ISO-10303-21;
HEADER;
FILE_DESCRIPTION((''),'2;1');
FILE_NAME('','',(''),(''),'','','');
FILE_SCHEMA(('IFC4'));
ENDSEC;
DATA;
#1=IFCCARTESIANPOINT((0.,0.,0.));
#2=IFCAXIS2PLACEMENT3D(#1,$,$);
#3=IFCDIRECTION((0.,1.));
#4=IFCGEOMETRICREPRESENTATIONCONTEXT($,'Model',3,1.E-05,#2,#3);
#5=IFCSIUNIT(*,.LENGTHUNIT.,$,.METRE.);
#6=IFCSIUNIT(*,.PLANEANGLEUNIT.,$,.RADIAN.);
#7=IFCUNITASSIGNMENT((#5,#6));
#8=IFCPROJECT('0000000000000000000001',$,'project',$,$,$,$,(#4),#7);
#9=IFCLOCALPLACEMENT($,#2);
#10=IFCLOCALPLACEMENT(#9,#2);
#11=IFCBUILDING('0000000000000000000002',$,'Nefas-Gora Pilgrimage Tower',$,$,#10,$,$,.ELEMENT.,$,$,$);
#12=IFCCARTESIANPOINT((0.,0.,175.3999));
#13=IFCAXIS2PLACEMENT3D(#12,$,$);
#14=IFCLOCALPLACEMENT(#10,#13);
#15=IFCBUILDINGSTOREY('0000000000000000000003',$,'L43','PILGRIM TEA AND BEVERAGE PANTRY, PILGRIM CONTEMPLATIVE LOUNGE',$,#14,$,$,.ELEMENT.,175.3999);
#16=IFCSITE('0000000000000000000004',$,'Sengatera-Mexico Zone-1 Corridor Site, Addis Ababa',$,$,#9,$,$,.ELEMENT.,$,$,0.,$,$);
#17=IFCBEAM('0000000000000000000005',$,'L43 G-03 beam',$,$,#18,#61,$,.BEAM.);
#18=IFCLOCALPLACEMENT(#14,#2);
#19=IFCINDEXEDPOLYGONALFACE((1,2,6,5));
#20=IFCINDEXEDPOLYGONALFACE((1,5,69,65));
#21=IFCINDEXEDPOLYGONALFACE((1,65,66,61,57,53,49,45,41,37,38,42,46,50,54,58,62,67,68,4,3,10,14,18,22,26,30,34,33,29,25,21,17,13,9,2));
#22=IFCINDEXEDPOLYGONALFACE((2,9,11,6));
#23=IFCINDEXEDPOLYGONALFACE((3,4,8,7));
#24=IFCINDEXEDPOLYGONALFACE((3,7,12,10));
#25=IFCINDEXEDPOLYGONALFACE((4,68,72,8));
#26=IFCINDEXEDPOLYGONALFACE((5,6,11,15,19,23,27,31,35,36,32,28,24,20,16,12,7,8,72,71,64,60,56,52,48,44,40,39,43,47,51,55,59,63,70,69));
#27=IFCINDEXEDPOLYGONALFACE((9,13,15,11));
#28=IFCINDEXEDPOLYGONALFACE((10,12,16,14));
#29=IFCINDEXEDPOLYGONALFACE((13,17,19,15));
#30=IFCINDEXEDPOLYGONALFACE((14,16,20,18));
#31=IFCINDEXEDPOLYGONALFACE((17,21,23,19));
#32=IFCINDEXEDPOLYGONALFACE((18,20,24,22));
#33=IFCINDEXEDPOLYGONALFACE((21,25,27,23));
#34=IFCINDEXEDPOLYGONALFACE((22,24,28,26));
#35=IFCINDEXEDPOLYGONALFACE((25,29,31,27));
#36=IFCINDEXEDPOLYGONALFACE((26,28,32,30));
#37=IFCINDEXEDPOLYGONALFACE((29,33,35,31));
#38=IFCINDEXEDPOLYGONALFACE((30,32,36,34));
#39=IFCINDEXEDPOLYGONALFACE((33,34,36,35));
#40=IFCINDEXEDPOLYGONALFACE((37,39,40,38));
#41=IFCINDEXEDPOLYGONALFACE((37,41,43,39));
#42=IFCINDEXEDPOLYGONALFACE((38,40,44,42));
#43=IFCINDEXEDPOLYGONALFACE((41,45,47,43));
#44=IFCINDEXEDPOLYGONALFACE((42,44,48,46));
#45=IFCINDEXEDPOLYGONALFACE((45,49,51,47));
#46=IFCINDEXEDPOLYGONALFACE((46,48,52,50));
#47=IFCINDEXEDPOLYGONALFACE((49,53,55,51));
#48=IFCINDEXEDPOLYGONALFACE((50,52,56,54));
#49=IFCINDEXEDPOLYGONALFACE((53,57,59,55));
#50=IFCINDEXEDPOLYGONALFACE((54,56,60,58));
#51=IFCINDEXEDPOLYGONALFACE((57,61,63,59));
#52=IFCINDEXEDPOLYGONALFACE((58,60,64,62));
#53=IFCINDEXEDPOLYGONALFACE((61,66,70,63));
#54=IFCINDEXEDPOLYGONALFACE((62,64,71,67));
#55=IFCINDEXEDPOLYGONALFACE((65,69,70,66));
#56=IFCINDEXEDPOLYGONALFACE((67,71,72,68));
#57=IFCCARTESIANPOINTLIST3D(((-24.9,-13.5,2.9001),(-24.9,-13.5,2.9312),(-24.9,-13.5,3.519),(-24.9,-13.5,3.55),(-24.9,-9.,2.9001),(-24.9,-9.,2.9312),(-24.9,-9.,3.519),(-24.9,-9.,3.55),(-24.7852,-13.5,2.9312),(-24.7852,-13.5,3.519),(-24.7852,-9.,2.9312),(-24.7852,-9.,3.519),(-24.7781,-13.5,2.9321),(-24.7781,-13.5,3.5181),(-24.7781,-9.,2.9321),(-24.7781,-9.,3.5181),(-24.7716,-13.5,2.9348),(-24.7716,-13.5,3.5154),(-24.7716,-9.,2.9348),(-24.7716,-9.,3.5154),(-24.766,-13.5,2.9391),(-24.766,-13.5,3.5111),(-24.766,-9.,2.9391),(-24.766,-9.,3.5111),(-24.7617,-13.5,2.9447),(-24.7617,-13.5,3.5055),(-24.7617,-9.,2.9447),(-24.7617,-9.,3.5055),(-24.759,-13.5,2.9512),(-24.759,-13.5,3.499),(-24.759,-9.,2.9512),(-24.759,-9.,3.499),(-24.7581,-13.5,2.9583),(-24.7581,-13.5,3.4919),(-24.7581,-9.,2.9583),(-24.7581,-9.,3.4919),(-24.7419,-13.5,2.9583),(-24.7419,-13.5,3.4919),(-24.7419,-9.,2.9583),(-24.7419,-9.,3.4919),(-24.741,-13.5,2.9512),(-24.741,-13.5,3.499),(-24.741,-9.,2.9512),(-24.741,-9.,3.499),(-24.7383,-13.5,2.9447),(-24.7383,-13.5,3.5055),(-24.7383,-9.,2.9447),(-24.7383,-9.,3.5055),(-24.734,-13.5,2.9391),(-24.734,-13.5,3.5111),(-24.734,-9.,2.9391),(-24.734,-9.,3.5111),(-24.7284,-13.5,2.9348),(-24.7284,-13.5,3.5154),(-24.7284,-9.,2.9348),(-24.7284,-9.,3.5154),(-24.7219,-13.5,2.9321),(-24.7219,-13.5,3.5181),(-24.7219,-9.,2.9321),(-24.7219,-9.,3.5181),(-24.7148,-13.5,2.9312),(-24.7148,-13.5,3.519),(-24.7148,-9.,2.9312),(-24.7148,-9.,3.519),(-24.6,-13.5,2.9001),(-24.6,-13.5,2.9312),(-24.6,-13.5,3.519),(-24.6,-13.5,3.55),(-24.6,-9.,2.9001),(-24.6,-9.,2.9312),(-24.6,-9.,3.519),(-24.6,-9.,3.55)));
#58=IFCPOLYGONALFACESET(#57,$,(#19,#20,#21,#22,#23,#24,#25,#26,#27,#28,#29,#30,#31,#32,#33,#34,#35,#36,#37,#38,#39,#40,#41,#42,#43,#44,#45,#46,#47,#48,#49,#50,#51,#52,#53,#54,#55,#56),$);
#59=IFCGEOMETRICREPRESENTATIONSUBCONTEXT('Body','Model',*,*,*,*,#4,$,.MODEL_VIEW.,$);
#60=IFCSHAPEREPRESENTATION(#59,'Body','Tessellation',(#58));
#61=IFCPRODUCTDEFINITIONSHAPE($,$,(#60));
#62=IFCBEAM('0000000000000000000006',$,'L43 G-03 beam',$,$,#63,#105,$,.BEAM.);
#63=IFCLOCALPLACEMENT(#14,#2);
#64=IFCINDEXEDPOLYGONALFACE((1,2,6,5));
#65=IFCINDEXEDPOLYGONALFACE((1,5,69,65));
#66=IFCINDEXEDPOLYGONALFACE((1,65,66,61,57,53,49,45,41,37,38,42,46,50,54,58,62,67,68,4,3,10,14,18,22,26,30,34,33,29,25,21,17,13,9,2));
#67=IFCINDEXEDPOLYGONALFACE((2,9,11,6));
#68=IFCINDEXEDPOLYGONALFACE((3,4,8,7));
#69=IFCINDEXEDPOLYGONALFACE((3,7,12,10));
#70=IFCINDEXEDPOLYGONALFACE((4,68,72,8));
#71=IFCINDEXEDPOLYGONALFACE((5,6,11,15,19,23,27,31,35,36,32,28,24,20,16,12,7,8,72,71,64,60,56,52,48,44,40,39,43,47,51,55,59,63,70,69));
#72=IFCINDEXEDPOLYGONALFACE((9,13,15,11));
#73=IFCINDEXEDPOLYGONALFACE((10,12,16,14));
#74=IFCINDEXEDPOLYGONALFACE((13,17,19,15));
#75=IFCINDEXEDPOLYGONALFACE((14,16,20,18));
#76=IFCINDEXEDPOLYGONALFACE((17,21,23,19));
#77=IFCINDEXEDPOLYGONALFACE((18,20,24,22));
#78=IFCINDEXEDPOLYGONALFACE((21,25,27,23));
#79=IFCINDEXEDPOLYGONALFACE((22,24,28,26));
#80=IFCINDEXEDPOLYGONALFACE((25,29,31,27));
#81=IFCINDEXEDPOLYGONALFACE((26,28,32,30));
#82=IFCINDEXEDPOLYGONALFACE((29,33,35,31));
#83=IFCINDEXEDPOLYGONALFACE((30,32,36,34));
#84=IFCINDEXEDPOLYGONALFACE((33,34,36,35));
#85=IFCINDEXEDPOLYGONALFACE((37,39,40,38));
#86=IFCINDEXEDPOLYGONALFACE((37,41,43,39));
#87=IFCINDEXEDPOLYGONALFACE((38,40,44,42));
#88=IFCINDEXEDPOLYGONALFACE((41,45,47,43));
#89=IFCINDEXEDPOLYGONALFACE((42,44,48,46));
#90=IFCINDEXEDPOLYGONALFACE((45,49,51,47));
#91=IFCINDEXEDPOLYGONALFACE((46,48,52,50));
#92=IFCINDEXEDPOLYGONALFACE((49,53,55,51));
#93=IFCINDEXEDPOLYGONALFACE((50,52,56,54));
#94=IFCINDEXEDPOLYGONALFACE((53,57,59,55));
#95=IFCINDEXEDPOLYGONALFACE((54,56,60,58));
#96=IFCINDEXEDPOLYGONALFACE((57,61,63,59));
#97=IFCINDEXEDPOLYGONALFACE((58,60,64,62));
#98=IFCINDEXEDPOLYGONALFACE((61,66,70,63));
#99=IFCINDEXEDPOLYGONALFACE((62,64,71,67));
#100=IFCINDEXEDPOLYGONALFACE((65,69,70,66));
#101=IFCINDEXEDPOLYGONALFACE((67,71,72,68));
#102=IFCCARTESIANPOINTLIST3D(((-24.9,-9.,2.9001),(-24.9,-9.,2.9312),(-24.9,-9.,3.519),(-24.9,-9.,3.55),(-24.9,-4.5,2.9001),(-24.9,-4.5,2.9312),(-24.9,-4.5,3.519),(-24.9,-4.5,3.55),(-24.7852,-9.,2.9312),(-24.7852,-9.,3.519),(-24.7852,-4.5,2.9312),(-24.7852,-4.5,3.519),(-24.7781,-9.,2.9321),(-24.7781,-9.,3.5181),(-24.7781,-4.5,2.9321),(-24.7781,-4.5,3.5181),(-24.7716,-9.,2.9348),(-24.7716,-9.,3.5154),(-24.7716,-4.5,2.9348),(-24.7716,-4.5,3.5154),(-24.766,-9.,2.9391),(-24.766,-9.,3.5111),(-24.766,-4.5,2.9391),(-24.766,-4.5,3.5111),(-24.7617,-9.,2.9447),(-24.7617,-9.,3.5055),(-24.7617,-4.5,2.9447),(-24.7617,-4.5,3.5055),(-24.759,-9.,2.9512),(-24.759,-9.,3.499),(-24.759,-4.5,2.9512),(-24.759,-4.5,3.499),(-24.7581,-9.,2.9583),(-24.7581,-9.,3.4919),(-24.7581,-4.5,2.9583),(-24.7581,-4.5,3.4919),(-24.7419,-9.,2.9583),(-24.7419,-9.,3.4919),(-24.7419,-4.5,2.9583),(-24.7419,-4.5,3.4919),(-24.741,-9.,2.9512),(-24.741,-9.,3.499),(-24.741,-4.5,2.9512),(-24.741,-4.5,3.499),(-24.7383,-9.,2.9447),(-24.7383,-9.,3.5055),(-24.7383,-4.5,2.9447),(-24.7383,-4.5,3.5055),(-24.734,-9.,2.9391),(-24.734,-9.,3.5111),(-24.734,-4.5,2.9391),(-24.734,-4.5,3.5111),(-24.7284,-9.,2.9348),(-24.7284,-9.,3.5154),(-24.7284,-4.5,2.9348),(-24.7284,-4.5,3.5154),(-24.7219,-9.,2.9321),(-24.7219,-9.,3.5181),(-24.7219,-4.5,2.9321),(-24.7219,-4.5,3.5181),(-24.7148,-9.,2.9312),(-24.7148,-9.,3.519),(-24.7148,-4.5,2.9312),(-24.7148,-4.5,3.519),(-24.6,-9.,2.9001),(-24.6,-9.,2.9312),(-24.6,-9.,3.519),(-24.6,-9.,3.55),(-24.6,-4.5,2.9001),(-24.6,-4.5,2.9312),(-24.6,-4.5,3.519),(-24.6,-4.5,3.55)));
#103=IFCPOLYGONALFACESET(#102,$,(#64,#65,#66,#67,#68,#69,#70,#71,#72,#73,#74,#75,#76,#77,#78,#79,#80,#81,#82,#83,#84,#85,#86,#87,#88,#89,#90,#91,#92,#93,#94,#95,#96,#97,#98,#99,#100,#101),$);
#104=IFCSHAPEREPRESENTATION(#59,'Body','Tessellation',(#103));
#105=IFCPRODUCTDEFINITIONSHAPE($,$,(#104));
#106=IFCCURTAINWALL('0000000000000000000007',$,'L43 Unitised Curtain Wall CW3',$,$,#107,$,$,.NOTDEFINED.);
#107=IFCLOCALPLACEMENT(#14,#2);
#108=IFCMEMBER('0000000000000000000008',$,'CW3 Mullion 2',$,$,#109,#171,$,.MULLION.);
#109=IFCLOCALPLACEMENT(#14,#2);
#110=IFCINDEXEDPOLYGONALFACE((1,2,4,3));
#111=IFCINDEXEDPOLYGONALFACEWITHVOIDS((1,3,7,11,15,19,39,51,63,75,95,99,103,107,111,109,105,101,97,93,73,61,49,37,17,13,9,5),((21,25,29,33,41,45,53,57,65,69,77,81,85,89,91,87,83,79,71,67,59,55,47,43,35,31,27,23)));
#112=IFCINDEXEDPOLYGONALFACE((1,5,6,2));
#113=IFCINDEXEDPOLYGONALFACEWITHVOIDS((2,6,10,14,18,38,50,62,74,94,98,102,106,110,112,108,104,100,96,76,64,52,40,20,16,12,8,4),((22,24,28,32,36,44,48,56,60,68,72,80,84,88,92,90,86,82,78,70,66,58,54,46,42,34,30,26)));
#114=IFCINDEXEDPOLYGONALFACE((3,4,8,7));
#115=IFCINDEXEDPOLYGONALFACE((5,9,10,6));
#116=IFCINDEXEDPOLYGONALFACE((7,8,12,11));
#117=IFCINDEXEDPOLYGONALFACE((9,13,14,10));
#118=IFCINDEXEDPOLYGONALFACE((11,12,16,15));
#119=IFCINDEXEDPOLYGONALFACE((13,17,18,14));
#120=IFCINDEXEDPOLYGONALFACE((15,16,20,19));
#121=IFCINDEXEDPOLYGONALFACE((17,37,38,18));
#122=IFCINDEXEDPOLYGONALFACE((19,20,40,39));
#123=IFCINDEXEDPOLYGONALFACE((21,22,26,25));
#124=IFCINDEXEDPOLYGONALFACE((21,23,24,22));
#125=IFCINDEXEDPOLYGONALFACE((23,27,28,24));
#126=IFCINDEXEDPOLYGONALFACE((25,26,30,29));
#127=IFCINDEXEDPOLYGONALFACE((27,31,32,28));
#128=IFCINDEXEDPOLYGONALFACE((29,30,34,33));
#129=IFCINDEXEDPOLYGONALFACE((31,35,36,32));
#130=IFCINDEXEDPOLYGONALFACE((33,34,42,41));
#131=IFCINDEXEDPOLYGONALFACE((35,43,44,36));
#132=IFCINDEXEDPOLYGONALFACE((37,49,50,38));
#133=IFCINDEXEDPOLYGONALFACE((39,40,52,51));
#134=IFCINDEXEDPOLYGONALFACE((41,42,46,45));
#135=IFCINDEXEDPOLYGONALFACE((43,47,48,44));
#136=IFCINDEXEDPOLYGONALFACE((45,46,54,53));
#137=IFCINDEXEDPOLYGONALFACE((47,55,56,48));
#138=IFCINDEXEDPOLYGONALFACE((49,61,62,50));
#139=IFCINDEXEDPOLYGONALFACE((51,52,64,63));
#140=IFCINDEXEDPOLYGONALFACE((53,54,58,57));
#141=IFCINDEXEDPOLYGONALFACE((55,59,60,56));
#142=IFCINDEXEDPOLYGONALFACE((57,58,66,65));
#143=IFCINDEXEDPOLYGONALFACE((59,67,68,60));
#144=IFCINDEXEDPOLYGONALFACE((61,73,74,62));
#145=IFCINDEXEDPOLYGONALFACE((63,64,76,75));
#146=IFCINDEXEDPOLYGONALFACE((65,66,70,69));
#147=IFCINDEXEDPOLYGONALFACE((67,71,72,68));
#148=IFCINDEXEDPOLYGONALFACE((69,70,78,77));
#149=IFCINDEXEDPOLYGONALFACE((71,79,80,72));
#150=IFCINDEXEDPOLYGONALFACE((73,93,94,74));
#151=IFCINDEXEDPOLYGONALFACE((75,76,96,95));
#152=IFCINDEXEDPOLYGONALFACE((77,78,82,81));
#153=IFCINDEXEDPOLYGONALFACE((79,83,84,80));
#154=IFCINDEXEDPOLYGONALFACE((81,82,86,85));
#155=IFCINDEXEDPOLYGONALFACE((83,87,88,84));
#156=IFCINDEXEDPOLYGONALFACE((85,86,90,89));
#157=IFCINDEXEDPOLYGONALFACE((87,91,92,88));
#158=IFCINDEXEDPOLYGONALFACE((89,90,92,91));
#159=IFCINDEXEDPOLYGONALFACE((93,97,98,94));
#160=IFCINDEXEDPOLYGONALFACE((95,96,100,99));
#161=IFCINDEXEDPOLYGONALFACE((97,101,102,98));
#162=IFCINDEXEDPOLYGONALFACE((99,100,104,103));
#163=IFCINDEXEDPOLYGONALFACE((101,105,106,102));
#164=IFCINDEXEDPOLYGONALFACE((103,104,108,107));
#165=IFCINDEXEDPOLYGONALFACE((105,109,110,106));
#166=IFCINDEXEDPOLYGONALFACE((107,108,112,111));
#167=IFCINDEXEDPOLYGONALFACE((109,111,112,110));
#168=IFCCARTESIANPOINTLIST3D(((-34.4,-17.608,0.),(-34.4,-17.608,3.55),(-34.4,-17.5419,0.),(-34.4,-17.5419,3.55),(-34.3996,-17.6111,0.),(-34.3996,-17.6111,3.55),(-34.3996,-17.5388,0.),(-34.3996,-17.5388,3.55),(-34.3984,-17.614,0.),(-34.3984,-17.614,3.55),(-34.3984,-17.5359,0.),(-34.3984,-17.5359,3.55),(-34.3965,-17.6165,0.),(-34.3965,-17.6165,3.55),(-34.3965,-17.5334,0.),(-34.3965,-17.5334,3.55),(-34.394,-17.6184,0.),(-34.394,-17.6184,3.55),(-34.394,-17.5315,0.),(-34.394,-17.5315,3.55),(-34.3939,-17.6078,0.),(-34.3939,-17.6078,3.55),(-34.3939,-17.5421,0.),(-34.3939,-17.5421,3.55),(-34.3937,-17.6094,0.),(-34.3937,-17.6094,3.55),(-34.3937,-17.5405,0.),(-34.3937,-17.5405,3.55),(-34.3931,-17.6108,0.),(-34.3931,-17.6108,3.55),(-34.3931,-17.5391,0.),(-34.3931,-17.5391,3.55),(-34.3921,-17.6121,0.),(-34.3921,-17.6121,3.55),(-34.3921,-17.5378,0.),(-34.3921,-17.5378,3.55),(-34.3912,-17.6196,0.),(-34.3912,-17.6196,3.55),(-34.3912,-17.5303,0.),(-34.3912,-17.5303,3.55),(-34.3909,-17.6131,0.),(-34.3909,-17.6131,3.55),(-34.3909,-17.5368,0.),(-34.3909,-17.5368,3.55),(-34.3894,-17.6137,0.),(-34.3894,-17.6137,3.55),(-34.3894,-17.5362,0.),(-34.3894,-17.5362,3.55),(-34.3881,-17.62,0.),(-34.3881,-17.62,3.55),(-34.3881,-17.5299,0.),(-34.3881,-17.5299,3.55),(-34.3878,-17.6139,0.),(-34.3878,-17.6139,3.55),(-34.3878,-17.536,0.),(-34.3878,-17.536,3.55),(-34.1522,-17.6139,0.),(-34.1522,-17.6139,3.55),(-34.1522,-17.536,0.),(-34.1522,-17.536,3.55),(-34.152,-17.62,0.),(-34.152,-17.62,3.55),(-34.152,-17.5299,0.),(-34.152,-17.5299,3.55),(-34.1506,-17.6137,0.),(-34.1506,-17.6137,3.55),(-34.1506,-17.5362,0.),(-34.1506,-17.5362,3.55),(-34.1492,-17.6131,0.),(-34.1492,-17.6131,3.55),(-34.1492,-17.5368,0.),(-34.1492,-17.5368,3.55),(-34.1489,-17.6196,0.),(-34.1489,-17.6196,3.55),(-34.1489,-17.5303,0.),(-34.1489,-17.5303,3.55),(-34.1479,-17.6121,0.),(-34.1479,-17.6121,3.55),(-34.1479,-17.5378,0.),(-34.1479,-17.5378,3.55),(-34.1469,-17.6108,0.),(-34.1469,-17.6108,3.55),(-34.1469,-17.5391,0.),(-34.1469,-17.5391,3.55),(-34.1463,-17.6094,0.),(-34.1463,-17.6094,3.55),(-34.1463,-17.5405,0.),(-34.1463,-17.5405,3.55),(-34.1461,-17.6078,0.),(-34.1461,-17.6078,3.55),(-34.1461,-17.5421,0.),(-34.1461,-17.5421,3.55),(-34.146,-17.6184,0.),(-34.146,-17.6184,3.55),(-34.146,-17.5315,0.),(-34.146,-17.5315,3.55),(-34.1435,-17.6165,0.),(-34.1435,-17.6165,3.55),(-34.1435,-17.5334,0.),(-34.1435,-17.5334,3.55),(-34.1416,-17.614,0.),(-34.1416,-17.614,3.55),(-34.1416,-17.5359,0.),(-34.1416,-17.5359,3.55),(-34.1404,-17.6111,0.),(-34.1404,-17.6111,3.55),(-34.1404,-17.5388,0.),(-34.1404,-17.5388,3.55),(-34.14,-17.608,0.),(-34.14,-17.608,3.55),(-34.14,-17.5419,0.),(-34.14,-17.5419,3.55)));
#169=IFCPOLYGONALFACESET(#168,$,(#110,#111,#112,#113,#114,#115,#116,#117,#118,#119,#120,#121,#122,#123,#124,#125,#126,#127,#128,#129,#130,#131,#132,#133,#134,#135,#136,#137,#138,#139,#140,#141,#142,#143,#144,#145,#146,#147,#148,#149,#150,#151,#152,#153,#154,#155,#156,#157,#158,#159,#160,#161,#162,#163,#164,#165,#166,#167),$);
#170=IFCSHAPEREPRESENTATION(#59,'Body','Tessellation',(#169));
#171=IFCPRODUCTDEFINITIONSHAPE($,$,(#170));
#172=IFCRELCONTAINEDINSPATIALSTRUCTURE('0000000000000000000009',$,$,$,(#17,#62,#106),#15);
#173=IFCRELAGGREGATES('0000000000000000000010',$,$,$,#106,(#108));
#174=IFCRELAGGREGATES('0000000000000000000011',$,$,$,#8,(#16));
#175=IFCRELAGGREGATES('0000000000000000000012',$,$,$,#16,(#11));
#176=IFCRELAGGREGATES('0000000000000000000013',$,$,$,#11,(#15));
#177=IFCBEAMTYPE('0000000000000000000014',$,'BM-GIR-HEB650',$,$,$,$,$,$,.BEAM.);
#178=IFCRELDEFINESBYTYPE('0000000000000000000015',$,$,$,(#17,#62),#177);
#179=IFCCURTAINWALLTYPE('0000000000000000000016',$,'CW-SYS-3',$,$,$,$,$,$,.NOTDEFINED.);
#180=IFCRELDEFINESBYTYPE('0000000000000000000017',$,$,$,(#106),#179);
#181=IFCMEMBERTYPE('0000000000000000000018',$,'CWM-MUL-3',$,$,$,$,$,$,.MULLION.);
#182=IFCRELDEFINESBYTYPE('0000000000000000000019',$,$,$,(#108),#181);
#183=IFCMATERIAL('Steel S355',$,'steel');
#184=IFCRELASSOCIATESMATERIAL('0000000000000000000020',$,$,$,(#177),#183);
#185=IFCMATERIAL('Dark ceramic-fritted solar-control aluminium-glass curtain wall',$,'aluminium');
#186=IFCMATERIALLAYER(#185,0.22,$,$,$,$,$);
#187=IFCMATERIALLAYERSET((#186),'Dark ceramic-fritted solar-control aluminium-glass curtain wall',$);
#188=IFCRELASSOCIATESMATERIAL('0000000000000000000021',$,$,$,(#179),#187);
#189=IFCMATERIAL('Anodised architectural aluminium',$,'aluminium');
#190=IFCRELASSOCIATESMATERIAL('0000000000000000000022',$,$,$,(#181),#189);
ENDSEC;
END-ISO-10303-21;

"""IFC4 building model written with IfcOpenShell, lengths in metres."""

from ifc_helpers import new_model, si_unit, direction, frame, origin, origin_2d, place, context, subcontext, project, spatial, hollow_rectangle, i_section, extrude, source, transform, mapped, material, layer, layer_set, material_profile, profile_set, type_object, element, aggregate, save


model = new_model("IFC4")

# Units and contexts
model_context = context("Model", 3, precision=1e-05, world=origin(), true_north=direction((0.0, 1.0)))
body_context = subcontext(model_context, "Body", "Model", "MODEL_VIEW")
ifc_project = project(units=[si_unit("LENGTHUNIT", "METRE"), si_unit("PLANEANGLEUNIT", "RADIAN")], contexts=[model_context])

# Site, building, storey
site_placement = place(None, origin())
site = spatial("IfcSite", under=ifc_project, at=site_placement, Name="Sengatera-Mexico Zone-1 Corridor Site, Addis Ababa", CompositionType="ELEMENT", RefElevation=0.0)
building_placement = place(site_placement, origin())
building = spatial("IfcBuilding", under=site, at=building_placement, Name="Nefas-Gora Pilgrimage Tower", CompositionType="ELEMENT")
storey_placement = place(building_placement, frame((0.0, 0.0, 175.3999)))
storey = spatial("IfcBuildingStorey", under=building, at=storey_placement, Name="L43", Description="PILGRIM TEA AND BEVERAGE PANTRY, PILGRIM CONTEMPLATIVE LOUNGE", CompositionType="ELEMENT", Elevation=175.3999)

# Beams
ifc_material_1 = material(Name="Steel S355", Category="steel")
ifc_material_profile_1 = material_profile(ifc_material_1, i_section(OverallWidth=0.3, OverallDepth=0.6499, WebThickness=0.0161, FlangeThickness=0.031, FilletRadius=0.0271, at=origin_2d()), Name="HEB 650")
ifc_profile_set_1 = profile_set([ifc_material_profile_1], Name="Steel S355")
beam_type_1 = type_object("IfcBeamType", Name="BM-GIR-HEB650", PredefinedType="BEAM", material=ifc_profile_set_1)
shared_shape_1 = source(origin(), body_context, "Body", "SweptSolid", [
    extrude(i_section(OverallWidth=0.3, OverallDepth=0.6499, WebThickness=0.0161, FlangeThickness=0.031, FilletRadius=0.0271, at=origin_2d()), origin(), (0.0, 0.0, 1.0), 4.5),
])
for number, where, z_axis, x_axis, name in (
    (1, (-24.75, -13.5, 3.2251), (0.0, 1.0, 0.0), (-1.0, 0.0, 0.0), "L43 G-03 beam"),
    (2, (-24.75, -9.0, 3.2251), (0.0, 1.0, 0.0), (-1.0, 0.0, 0.0), "L43 G-03 beam"),
):
    element("IfcBeam", number, at=place(storey_placement, frame(where, z_axis=z_axis, x_axis=x_axis)), inside=storey, type_object=beam_type_1, Name=name, PredefinedType="BEAM", context=body_context, shape_type="MappedRepresentation", body=[
        mapped(shared_shape_1, transform((0.0, 0.0, 0.0), x_axis=(1.0, 0.0, 0.0), y_axis=(0.0, 1.0, 0.0), z_axis=(0.0, 0.0, 1.0), scale=1.0)),
    ])

# Curtain wall, member
ifc_material_2 = material(Name="Dark ceramic-fritted solar-control aluminium-glass curtain wall", Category="aluminium")
ifc_layer_1 = layer(ifc_material_2, 0.22)
ifc_layer_set_1 = layer_set([ifc_layer_1], Name="Dark ceramic-fritted solar-control aluminium-glass curtain wall")
curtain_wall_type = type_object("IfcCurtainWallType", Name="CW-SYS-3", PredefinedType="NOTDEFINED", material=ifc_layer_set_1)
curtain_wall_1_placement = place(storey_placement, origin())
curtain_wall_1 = element("IfcCurtainWall", 3, at=curtain_wall_1_placement, inside=storey, type_object=curtain_wall_type, Name="L43 Unitised Curtain Wall CW3", PredefinedType="NOTDEFINED")
ifc_material_3 = material(Name="Anodised architectural aluminium", Category="aluminium")
ifc_material_profile_2 = material_profile(ifc_material_3, hollow_rectangle(XDim=0.0901, YDim=0.26, WallThickness=0.0061, InnerFilletRadius=0.0061, OuterFilletRadius=0.012, at=origin_2d()), Name="ALU MULLION 90x260")
ifc_profile_set_2 = profile_set([ifc_material_profile_2], Name="Anodised architectural aluminium")
member_type_1 = type_object("IfcMemberType", Name="CWM-MUL-3", PredefinedType="MULLION", material=ifc_profile_set_2)
shared_shape_2 = source(origin(), body_context, "Body", "SweptSolid", [
    extrude(hollow_rectangle(XDim=0.0901, YDim=0.26, WallThickness=0.0061, InnerFilletRadius=0.0061, OuterFilletRadius=0.012, at=origin_2d()), origin(), (0.0, 0.0, 1.0), 3.55),
])
member_1_placement = place(storey_placement, frame((-34.27, -17.575, 0.0), z_axis=(0.0, 0.0, 1.0), x_axis=(0.0, -1.0, 0.0)))
member_1 = element("IfcMember", 4, at=member_1_placement, type_object=member_type_1, Name="CW3 Mullion 2", PredefinedType="MULLION", context=body_context, shape_type="MappedRepresentation", body=[
    mapped(shared_shape_2, transform((0.0, 0.0, 0.0), x_axis=(1.0, 0.0, 0.0), y_axis=(0.0, 1.0, 0.0), z_axis=(0.0, 0.0, 1.0), scale=1.0)),
])
aggregate(curtain_wall_1, [member_1])

save(model, "model.ifc")
